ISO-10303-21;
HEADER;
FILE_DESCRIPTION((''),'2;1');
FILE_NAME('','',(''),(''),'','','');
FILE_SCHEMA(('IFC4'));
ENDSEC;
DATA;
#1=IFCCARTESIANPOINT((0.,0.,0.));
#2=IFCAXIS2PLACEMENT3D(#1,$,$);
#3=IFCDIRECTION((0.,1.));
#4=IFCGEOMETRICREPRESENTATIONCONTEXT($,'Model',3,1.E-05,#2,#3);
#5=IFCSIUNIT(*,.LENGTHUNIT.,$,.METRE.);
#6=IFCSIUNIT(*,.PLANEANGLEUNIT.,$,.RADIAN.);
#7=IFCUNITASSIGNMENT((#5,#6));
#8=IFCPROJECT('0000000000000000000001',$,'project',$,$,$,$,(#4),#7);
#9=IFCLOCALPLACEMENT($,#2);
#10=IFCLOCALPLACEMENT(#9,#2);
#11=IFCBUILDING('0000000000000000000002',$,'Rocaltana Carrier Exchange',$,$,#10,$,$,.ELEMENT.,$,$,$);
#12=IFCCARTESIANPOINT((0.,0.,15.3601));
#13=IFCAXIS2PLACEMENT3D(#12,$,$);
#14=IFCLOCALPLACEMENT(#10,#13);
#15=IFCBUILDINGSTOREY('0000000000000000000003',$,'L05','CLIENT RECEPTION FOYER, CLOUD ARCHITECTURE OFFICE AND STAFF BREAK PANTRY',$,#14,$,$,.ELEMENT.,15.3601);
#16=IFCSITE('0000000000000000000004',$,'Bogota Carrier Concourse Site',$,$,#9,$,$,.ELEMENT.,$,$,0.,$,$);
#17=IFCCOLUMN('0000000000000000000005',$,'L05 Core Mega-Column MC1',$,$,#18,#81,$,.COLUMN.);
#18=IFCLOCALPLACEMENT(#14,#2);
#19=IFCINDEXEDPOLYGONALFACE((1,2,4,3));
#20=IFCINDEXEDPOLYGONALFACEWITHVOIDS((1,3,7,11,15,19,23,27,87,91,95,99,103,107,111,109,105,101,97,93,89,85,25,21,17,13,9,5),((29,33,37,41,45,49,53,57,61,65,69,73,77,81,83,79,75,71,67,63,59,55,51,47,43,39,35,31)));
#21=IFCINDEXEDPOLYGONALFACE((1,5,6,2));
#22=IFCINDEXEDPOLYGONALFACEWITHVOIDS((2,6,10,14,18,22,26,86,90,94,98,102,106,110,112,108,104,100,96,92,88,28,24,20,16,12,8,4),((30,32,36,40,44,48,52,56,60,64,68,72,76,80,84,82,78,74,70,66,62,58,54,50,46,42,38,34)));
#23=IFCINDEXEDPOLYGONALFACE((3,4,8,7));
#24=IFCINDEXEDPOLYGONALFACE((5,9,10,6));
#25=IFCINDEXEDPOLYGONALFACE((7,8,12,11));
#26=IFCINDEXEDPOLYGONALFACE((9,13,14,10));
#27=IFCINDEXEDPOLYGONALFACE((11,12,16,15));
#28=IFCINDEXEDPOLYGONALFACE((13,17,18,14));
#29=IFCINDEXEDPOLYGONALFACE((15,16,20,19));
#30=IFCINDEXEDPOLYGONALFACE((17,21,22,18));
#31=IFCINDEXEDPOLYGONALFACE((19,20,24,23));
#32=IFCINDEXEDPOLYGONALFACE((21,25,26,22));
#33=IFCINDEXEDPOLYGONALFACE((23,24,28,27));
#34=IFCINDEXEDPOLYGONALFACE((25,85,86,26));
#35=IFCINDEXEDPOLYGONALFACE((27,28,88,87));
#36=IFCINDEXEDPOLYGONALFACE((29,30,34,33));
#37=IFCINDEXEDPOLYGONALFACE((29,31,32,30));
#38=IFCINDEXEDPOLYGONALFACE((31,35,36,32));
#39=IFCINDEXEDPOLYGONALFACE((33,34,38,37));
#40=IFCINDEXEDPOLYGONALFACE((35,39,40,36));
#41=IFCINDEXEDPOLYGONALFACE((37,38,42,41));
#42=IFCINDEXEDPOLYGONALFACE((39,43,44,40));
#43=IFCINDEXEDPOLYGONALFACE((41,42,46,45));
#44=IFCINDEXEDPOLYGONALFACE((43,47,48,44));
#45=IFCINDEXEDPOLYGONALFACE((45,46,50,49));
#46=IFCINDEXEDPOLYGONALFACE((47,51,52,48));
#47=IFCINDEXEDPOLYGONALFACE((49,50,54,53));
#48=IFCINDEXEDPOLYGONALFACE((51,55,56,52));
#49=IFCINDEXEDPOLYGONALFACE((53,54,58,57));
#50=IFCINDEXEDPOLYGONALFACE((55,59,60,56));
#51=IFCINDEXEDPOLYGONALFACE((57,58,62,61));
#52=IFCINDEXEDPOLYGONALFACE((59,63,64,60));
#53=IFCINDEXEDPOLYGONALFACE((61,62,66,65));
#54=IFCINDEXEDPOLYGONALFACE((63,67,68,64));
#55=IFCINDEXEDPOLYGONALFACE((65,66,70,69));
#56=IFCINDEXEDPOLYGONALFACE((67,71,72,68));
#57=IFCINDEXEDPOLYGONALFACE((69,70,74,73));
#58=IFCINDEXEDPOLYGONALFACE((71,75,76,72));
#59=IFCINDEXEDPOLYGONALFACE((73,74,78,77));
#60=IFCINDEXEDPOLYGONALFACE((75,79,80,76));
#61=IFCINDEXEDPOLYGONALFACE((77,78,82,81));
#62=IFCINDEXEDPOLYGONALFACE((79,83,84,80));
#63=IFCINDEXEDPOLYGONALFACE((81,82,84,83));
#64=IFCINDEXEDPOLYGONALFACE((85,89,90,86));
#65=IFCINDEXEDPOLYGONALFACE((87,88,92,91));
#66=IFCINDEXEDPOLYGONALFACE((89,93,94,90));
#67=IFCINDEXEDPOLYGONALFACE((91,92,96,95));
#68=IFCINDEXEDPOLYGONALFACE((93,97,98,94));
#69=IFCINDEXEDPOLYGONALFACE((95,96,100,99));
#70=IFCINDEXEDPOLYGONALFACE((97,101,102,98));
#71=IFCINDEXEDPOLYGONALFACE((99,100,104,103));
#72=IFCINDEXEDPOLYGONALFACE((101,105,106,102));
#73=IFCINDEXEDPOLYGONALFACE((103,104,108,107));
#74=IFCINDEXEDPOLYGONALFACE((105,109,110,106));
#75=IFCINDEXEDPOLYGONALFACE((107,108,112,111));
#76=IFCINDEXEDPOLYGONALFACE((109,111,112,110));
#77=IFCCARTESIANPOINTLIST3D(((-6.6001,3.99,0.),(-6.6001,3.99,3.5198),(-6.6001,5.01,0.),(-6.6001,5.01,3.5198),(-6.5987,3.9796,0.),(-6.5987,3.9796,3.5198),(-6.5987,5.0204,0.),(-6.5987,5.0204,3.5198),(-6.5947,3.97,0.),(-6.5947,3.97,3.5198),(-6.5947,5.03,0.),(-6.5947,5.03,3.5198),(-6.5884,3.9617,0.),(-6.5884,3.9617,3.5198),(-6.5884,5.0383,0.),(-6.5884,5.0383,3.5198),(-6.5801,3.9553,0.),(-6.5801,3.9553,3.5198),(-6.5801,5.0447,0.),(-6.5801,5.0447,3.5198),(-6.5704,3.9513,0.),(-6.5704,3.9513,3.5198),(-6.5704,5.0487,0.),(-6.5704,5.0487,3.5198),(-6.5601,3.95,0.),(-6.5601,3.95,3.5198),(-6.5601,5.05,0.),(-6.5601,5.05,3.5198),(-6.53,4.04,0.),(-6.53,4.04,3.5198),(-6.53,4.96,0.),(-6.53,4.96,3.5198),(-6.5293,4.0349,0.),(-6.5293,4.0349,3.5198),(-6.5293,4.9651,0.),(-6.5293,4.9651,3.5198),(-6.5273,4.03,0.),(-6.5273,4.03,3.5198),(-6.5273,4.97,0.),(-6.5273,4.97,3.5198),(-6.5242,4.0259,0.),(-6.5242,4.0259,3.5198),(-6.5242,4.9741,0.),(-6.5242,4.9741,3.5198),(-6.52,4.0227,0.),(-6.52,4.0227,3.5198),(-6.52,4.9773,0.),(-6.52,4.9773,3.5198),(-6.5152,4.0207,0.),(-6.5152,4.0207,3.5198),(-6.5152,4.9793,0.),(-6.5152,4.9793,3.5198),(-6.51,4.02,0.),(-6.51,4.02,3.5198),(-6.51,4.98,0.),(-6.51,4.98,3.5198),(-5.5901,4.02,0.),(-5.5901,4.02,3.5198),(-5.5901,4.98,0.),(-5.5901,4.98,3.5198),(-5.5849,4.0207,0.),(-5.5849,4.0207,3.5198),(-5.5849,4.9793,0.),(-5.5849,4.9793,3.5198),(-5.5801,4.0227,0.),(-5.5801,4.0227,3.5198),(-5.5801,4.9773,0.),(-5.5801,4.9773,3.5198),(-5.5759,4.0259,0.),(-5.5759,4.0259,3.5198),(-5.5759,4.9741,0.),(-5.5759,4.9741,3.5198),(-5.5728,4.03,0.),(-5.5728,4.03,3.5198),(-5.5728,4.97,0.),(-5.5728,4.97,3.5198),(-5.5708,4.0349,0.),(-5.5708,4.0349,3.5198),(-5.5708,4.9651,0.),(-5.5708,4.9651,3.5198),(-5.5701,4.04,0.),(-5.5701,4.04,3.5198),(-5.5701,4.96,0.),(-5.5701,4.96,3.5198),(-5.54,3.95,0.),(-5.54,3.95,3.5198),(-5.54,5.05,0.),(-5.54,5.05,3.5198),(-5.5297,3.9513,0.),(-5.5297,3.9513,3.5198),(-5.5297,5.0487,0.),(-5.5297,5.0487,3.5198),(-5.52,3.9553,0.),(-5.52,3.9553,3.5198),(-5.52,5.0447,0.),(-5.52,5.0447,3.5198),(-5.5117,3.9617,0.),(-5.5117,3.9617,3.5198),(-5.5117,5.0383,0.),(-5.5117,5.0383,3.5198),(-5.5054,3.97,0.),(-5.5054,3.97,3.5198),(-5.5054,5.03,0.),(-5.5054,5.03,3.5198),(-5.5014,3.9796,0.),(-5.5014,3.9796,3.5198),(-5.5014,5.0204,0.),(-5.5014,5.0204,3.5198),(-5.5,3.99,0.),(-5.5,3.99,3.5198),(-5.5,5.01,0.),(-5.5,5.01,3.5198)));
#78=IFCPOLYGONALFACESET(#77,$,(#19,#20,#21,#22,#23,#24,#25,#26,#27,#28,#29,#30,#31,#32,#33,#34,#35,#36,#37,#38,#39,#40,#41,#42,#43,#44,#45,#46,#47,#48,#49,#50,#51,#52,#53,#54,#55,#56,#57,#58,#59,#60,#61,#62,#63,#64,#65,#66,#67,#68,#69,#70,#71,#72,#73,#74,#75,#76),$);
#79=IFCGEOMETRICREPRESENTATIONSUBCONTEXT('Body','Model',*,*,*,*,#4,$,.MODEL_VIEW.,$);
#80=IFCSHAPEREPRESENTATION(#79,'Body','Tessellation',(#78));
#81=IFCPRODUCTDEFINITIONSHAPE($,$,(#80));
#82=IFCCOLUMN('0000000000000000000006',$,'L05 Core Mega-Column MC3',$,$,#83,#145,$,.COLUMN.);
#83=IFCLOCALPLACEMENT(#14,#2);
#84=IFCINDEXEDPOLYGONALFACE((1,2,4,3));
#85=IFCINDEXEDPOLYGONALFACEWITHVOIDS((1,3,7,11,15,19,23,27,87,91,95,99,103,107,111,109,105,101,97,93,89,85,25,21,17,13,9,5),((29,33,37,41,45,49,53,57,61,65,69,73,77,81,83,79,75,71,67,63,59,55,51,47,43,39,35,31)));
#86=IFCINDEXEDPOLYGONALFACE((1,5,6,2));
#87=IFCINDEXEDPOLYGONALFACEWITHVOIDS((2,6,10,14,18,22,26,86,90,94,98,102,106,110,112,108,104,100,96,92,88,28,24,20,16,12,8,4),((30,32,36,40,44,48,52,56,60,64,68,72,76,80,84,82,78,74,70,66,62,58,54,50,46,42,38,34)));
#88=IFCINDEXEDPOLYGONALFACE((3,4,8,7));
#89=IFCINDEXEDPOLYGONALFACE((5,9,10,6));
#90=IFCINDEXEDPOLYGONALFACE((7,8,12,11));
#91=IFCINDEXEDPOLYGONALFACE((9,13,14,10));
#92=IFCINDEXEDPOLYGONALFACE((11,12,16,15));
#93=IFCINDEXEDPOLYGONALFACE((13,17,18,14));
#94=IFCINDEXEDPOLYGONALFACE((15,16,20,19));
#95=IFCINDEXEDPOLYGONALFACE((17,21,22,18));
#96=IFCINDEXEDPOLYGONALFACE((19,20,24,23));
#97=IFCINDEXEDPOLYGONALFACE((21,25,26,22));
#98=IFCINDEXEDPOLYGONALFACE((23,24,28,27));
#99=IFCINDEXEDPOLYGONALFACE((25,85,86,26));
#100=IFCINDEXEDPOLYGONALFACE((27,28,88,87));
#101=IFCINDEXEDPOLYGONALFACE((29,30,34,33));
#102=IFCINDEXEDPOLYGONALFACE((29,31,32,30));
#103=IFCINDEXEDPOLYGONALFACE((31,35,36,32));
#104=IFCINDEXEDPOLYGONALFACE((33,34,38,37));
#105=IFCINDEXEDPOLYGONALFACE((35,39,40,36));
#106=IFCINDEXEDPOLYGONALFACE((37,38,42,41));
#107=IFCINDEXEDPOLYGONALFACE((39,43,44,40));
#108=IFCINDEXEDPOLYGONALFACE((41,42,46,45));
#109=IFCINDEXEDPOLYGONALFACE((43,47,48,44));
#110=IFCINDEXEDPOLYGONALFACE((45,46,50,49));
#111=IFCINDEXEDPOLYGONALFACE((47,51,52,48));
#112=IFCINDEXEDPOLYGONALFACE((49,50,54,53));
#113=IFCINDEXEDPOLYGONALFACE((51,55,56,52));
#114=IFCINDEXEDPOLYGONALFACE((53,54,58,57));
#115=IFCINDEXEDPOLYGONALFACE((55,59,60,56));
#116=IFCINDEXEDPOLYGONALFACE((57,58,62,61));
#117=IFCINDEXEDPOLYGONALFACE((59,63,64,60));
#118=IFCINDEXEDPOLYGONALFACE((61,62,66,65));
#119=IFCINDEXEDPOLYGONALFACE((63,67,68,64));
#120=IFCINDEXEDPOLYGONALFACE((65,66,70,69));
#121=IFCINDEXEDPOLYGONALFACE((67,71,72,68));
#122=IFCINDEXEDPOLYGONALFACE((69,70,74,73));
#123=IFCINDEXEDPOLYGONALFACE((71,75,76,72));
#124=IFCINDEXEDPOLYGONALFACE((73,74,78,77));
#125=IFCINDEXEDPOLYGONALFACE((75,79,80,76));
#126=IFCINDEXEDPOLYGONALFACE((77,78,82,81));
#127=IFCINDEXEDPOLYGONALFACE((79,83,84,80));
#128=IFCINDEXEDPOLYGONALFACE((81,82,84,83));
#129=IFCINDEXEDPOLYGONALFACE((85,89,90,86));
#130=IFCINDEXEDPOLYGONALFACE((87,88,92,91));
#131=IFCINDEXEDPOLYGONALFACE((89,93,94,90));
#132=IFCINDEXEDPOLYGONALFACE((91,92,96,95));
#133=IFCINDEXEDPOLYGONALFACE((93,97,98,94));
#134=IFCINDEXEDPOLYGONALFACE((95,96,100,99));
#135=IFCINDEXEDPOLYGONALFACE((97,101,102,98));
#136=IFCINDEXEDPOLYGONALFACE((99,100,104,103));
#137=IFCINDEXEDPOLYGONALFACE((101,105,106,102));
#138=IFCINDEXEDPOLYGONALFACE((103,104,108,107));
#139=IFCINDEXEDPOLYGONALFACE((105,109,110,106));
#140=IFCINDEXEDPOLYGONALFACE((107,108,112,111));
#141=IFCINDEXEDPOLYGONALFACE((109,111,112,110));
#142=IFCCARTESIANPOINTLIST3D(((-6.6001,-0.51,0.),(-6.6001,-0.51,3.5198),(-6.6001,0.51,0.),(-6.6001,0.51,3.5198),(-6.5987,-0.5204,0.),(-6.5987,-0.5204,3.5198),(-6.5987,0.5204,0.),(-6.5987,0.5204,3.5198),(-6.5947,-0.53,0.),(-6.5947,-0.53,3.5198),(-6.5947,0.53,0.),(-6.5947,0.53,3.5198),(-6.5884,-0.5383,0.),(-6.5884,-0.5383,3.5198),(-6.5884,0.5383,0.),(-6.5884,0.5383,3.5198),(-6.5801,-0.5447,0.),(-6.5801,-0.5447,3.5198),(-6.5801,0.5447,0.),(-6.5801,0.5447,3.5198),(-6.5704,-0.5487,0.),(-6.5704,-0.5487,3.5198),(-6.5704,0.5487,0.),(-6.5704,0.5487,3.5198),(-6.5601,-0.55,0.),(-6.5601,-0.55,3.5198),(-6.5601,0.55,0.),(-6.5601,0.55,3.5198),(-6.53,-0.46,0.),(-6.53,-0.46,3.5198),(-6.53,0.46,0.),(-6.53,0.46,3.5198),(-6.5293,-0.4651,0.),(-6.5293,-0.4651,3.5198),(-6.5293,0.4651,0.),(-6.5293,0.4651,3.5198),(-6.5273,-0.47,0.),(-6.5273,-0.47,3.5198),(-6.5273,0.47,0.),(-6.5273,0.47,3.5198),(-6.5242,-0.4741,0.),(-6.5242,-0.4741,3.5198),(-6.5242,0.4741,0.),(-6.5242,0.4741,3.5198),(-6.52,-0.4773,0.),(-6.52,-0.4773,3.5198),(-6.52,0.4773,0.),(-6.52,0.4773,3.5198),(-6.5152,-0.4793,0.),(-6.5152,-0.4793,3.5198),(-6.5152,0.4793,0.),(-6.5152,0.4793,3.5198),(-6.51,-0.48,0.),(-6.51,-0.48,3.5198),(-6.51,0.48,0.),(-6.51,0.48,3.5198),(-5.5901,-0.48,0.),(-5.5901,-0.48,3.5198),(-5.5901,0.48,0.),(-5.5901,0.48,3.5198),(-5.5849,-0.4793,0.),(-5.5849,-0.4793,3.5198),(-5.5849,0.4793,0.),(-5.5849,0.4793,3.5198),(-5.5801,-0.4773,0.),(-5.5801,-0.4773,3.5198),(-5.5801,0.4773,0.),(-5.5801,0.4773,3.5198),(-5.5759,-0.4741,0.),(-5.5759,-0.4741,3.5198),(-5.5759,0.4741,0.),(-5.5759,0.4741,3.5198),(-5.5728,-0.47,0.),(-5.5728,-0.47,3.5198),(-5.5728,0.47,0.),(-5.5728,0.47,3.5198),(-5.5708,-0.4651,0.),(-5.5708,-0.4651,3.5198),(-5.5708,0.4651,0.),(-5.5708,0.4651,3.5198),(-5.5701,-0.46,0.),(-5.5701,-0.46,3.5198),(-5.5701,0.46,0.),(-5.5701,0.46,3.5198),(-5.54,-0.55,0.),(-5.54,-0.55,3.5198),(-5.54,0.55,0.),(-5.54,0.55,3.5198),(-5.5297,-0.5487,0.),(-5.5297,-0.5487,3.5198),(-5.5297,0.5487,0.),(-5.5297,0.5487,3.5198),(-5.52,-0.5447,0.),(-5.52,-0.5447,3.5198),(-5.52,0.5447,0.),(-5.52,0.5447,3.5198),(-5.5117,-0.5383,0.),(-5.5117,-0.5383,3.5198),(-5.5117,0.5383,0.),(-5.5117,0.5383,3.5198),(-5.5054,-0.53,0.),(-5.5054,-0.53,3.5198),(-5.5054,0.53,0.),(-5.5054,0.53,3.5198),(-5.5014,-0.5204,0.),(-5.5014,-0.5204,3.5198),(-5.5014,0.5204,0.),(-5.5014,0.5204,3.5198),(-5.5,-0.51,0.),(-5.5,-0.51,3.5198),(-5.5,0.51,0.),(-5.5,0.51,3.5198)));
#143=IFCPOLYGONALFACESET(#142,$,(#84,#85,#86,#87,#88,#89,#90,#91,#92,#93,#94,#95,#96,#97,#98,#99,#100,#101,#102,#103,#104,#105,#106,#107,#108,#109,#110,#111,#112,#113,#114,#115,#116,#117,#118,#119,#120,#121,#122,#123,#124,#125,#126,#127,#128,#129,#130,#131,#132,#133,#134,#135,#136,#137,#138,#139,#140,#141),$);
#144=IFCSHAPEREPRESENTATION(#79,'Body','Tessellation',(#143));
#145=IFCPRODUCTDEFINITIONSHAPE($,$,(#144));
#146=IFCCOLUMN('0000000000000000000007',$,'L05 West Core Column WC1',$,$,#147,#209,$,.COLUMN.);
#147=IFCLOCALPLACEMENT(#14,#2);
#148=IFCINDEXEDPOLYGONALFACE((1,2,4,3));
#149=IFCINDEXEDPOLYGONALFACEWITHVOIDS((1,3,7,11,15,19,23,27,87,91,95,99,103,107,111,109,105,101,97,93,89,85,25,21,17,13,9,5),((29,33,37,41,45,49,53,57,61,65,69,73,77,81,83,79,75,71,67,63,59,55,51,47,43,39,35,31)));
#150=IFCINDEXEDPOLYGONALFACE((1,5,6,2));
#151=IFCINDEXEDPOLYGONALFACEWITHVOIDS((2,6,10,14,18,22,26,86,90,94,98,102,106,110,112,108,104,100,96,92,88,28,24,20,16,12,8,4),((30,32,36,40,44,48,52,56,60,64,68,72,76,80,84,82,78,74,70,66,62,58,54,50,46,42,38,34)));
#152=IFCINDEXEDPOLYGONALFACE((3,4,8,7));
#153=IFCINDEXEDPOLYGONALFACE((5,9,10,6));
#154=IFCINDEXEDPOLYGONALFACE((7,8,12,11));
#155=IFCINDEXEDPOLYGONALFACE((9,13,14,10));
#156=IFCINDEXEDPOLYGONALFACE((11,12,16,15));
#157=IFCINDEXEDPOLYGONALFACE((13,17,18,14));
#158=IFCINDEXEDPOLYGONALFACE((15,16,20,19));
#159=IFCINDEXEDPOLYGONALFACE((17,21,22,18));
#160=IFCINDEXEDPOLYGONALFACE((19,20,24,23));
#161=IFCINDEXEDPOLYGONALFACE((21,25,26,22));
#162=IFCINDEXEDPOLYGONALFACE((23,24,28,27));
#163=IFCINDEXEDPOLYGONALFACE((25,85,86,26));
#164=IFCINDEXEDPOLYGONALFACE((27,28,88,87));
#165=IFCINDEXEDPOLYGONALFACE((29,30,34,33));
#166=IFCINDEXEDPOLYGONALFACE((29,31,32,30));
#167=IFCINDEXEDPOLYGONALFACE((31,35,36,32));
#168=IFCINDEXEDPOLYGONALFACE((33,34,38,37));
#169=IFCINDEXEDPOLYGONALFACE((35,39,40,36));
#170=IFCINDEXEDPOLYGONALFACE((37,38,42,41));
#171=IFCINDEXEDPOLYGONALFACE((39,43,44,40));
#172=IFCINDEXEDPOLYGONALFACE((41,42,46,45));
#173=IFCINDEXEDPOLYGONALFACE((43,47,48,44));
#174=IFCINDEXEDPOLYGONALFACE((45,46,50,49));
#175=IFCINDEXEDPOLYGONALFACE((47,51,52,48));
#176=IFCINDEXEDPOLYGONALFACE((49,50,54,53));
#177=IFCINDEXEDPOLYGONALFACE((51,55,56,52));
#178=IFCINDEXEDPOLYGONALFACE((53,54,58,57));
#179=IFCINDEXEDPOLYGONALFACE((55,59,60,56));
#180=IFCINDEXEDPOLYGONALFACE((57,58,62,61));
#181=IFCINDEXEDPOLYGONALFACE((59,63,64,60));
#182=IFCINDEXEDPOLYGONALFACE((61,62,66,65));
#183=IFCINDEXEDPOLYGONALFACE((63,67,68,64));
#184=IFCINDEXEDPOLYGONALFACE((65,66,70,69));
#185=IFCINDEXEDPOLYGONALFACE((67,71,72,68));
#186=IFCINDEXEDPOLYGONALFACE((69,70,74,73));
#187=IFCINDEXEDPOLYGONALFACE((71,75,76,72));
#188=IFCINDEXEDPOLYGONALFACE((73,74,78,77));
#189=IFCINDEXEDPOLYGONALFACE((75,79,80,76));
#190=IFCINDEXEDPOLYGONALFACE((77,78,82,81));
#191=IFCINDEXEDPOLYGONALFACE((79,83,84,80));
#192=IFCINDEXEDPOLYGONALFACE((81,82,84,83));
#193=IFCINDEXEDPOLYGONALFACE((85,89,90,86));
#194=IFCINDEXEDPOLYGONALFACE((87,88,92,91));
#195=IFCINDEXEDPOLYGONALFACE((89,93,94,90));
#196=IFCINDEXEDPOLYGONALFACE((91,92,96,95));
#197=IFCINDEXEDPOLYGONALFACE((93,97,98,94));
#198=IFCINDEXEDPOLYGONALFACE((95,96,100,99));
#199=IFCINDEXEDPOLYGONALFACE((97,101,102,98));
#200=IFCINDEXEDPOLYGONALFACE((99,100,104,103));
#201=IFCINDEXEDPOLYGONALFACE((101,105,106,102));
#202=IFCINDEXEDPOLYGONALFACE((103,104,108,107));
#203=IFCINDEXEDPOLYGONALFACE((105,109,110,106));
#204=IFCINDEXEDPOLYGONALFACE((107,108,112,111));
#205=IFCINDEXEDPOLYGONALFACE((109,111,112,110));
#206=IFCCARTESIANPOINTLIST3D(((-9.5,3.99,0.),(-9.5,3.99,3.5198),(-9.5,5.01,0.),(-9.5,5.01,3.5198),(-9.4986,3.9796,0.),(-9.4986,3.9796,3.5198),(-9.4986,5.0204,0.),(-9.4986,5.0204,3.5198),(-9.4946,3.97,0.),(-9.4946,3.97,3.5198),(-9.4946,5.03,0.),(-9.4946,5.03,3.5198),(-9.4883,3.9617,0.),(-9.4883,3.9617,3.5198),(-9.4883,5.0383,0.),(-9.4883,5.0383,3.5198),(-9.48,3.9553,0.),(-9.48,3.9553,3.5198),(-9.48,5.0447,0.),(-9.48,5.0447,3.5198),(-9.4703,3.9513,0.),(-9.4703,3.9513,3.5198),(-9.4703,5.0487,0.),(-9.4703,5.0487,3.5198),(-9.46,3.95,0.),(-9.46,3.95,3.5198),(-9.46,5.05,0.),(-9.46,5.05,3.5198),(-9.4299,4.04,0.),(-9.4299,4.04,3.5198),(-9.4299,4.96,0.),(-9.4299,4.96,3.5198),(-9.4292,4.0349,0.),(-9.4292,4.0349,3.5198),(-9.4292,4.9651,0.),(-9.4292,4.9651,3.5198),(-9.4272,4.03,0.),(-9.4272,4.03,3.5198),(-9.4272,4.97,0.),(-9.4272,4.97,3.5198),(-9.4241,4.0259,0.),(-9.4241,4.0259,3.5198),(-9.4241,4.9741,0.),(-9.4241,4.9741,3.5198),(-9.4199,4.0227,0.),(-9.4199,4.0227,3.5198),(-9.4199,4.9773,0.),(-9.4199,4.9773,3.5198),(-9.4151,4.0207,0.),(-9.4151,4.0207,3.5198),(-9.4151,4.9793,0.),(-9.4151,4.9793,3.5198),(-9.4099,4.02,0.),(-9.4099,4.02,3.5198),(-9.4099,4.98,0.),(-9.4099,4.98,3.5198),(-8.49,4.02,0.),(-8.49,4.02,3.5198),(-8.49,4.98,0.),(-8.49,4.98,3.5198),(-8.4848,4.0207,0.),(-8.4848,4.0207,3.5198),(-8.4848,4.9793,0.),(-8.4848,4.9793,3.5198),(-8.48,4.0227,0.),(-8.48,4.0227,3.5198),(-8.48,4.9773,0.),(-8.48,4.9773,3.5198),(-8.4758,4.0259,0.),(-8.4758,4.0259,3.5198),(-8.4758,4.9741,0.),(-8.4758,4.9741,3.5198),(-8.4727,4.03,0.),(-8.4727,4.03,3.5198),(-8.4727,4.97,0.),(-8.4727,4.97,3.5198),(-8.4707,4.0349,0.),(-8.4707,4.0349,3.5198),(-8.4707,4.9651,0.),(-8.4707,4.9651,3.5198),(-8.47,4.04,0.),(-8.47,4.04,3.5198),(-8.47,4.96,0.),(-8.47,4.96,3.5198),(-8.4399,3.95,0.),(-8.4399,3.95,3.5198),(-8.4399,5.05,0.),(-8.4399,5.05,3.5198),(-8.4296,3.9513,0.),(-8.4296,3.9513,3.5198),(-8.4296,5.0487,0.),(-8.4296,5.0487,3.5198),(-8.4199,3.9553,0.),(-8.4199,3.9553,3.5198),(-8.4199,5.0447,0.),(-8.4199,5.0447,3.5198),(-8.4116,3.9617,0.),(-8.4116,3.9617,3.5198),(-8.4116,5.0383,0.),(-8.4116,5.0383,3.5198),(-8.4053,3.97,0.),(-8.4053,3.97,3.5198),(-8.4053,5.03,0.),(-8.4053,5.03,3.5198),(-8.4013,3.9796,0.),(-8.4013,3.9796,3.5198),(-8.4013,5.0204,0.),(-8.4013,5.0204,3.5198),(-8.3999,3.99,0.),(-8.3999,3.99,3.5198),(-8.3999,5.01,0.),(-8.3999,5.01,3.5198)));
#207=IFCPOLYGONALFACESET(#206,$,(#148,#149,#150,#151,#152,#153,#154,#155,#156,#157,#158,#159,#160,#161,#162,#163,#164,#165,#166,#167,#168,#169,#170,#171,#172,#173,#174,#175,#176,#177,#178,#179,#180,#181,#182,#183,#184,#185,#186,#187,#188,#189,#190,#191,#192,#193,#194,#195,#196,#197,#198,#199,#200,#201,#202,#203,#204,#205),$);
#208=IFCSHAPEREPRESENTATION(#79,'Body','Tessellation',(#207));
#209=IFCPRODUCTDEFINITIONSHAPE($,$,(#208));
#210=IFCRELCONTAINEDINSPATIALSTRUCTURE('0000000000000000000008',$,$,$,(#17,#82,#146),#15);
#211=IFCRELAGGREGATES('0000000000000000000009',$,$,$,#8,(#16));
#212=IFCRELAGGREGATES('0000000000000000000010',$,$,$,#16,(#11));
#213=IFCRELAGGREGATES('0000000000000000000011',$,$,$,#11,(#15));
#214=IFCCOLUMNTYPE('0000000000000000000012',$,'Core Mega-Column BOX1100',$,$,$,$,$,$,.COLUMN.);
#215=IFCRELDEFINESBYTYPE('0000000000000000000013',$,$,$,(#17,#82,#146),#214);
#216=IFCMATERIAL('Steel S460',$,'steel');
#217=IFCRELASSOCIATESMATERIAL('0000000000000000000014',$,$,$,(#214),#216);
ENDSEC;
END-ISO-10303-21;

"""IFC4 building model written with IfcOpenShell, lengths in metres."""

from ifc_helpers import new_model, si_unit, direction, frame, origin, origin_2d, place, context, subcontext, project, spatial, hollow_rectangle, extrude, material, material_profile, profile_set, type_object, element, save


model = new_model("IFC4")

# Units and contexts
model_context = context("Model", 3, precision=1e-05, world=origin(), true_north=direction((0.0, 1.0)))
body_context = subcontext(model_context, "Body", "Model", "MODEL_VIEW")
ifc_project = project(units=[si_unit("LENGTHUNIT", "METRE"), si_unit("PLANEANGLEUNIT", "RADIAN")], contexts=[model_context])

# Site, building, storey
site_placement = place(None, origin())
site = spatial("IfcSite", under=ifc_project, at=site_placement, Name="Bogota Carrier Concourse Site", CompositionType="ELEMENT", RefElevation=0.0)
building_placement = place(site_placement, origin())
building = spatial("IfcBuilding", under=site, at=building_placement, Name="Rocaltana Carrier Exchange", CompositionType="ELEMENT")
storey_placement = place(building_placement, frame((0.0, 0.0, 15.3601)))
storey = spatial("IfcBuildingStorey", under=building, at=storey_placement, Name="L05", Description="CLIENT RECEPTION FOYER, CLOUD ARCHITECTURE OFFICE AND STAFF BREAK PANTRY", CompositionType="ELEMENT", Elevation=15.3601)

# Columns
ifc_material_1 = material(Name="Steel S460", Category="steel")
ifc_material_profile_1 = material_profile(ifc_material_1, hollow_rectangle(XDim=1.1001, YDim=1.1001, WallThickness=0.0701, InnerFilletRadius=0.02, OuterFilletRadius=0.04, at=origin_2d()), Name="BOX1100X1100X70")
ifc_profile_set_1 = profile_set([ifc_material_profile_1], Name="Steel S460")
column_type_1 = type_object("IfcColumnType", Name="Core Mega-Column BOX1100", PredefinedType="COLUMN", material=ifc_profile_set_1)
for number, where, z_axis, x_axis, name in (
    (1, (-6.05, 4.5, 0.0), (0.0, 0.0, 1.0), (1.0, 0.0, 0.0), "L05 Core Mega-Column MC1"),
    (2, (-6.05, 0.0, 0.0), (0.0, 0.0, 1.0), (1.0, 0.0, 0.0), "L05 Core Mega-Column MC3"),
    (3, (-8.95, 4.5, 0.0), (0.0, 0.0, 1.0), (1.0, 0.0, 0.0), "L05 West Core Column WC1"),
):
    element("IfcColumn", number, at=place(storey_placement, frame(where, z_axis=z_axis, x_axis=x_axis)), inside=storey, type_object=column_type_1, Name=name, PredefinedType="COLUMN", context=body_context, shape_type="SweptSolid", body=[
        extrude(hollow_rectangle(XDim=1.1001, YDim=1.1001, WallThickness=0.0701, InnerFilletRadius=0.02, OuterFilletRadius=0.04, at=origin_2d()), origin(), (0.0, 0.0, 1.0), 3.5198),
    ])

save(model, "model.ifc")
